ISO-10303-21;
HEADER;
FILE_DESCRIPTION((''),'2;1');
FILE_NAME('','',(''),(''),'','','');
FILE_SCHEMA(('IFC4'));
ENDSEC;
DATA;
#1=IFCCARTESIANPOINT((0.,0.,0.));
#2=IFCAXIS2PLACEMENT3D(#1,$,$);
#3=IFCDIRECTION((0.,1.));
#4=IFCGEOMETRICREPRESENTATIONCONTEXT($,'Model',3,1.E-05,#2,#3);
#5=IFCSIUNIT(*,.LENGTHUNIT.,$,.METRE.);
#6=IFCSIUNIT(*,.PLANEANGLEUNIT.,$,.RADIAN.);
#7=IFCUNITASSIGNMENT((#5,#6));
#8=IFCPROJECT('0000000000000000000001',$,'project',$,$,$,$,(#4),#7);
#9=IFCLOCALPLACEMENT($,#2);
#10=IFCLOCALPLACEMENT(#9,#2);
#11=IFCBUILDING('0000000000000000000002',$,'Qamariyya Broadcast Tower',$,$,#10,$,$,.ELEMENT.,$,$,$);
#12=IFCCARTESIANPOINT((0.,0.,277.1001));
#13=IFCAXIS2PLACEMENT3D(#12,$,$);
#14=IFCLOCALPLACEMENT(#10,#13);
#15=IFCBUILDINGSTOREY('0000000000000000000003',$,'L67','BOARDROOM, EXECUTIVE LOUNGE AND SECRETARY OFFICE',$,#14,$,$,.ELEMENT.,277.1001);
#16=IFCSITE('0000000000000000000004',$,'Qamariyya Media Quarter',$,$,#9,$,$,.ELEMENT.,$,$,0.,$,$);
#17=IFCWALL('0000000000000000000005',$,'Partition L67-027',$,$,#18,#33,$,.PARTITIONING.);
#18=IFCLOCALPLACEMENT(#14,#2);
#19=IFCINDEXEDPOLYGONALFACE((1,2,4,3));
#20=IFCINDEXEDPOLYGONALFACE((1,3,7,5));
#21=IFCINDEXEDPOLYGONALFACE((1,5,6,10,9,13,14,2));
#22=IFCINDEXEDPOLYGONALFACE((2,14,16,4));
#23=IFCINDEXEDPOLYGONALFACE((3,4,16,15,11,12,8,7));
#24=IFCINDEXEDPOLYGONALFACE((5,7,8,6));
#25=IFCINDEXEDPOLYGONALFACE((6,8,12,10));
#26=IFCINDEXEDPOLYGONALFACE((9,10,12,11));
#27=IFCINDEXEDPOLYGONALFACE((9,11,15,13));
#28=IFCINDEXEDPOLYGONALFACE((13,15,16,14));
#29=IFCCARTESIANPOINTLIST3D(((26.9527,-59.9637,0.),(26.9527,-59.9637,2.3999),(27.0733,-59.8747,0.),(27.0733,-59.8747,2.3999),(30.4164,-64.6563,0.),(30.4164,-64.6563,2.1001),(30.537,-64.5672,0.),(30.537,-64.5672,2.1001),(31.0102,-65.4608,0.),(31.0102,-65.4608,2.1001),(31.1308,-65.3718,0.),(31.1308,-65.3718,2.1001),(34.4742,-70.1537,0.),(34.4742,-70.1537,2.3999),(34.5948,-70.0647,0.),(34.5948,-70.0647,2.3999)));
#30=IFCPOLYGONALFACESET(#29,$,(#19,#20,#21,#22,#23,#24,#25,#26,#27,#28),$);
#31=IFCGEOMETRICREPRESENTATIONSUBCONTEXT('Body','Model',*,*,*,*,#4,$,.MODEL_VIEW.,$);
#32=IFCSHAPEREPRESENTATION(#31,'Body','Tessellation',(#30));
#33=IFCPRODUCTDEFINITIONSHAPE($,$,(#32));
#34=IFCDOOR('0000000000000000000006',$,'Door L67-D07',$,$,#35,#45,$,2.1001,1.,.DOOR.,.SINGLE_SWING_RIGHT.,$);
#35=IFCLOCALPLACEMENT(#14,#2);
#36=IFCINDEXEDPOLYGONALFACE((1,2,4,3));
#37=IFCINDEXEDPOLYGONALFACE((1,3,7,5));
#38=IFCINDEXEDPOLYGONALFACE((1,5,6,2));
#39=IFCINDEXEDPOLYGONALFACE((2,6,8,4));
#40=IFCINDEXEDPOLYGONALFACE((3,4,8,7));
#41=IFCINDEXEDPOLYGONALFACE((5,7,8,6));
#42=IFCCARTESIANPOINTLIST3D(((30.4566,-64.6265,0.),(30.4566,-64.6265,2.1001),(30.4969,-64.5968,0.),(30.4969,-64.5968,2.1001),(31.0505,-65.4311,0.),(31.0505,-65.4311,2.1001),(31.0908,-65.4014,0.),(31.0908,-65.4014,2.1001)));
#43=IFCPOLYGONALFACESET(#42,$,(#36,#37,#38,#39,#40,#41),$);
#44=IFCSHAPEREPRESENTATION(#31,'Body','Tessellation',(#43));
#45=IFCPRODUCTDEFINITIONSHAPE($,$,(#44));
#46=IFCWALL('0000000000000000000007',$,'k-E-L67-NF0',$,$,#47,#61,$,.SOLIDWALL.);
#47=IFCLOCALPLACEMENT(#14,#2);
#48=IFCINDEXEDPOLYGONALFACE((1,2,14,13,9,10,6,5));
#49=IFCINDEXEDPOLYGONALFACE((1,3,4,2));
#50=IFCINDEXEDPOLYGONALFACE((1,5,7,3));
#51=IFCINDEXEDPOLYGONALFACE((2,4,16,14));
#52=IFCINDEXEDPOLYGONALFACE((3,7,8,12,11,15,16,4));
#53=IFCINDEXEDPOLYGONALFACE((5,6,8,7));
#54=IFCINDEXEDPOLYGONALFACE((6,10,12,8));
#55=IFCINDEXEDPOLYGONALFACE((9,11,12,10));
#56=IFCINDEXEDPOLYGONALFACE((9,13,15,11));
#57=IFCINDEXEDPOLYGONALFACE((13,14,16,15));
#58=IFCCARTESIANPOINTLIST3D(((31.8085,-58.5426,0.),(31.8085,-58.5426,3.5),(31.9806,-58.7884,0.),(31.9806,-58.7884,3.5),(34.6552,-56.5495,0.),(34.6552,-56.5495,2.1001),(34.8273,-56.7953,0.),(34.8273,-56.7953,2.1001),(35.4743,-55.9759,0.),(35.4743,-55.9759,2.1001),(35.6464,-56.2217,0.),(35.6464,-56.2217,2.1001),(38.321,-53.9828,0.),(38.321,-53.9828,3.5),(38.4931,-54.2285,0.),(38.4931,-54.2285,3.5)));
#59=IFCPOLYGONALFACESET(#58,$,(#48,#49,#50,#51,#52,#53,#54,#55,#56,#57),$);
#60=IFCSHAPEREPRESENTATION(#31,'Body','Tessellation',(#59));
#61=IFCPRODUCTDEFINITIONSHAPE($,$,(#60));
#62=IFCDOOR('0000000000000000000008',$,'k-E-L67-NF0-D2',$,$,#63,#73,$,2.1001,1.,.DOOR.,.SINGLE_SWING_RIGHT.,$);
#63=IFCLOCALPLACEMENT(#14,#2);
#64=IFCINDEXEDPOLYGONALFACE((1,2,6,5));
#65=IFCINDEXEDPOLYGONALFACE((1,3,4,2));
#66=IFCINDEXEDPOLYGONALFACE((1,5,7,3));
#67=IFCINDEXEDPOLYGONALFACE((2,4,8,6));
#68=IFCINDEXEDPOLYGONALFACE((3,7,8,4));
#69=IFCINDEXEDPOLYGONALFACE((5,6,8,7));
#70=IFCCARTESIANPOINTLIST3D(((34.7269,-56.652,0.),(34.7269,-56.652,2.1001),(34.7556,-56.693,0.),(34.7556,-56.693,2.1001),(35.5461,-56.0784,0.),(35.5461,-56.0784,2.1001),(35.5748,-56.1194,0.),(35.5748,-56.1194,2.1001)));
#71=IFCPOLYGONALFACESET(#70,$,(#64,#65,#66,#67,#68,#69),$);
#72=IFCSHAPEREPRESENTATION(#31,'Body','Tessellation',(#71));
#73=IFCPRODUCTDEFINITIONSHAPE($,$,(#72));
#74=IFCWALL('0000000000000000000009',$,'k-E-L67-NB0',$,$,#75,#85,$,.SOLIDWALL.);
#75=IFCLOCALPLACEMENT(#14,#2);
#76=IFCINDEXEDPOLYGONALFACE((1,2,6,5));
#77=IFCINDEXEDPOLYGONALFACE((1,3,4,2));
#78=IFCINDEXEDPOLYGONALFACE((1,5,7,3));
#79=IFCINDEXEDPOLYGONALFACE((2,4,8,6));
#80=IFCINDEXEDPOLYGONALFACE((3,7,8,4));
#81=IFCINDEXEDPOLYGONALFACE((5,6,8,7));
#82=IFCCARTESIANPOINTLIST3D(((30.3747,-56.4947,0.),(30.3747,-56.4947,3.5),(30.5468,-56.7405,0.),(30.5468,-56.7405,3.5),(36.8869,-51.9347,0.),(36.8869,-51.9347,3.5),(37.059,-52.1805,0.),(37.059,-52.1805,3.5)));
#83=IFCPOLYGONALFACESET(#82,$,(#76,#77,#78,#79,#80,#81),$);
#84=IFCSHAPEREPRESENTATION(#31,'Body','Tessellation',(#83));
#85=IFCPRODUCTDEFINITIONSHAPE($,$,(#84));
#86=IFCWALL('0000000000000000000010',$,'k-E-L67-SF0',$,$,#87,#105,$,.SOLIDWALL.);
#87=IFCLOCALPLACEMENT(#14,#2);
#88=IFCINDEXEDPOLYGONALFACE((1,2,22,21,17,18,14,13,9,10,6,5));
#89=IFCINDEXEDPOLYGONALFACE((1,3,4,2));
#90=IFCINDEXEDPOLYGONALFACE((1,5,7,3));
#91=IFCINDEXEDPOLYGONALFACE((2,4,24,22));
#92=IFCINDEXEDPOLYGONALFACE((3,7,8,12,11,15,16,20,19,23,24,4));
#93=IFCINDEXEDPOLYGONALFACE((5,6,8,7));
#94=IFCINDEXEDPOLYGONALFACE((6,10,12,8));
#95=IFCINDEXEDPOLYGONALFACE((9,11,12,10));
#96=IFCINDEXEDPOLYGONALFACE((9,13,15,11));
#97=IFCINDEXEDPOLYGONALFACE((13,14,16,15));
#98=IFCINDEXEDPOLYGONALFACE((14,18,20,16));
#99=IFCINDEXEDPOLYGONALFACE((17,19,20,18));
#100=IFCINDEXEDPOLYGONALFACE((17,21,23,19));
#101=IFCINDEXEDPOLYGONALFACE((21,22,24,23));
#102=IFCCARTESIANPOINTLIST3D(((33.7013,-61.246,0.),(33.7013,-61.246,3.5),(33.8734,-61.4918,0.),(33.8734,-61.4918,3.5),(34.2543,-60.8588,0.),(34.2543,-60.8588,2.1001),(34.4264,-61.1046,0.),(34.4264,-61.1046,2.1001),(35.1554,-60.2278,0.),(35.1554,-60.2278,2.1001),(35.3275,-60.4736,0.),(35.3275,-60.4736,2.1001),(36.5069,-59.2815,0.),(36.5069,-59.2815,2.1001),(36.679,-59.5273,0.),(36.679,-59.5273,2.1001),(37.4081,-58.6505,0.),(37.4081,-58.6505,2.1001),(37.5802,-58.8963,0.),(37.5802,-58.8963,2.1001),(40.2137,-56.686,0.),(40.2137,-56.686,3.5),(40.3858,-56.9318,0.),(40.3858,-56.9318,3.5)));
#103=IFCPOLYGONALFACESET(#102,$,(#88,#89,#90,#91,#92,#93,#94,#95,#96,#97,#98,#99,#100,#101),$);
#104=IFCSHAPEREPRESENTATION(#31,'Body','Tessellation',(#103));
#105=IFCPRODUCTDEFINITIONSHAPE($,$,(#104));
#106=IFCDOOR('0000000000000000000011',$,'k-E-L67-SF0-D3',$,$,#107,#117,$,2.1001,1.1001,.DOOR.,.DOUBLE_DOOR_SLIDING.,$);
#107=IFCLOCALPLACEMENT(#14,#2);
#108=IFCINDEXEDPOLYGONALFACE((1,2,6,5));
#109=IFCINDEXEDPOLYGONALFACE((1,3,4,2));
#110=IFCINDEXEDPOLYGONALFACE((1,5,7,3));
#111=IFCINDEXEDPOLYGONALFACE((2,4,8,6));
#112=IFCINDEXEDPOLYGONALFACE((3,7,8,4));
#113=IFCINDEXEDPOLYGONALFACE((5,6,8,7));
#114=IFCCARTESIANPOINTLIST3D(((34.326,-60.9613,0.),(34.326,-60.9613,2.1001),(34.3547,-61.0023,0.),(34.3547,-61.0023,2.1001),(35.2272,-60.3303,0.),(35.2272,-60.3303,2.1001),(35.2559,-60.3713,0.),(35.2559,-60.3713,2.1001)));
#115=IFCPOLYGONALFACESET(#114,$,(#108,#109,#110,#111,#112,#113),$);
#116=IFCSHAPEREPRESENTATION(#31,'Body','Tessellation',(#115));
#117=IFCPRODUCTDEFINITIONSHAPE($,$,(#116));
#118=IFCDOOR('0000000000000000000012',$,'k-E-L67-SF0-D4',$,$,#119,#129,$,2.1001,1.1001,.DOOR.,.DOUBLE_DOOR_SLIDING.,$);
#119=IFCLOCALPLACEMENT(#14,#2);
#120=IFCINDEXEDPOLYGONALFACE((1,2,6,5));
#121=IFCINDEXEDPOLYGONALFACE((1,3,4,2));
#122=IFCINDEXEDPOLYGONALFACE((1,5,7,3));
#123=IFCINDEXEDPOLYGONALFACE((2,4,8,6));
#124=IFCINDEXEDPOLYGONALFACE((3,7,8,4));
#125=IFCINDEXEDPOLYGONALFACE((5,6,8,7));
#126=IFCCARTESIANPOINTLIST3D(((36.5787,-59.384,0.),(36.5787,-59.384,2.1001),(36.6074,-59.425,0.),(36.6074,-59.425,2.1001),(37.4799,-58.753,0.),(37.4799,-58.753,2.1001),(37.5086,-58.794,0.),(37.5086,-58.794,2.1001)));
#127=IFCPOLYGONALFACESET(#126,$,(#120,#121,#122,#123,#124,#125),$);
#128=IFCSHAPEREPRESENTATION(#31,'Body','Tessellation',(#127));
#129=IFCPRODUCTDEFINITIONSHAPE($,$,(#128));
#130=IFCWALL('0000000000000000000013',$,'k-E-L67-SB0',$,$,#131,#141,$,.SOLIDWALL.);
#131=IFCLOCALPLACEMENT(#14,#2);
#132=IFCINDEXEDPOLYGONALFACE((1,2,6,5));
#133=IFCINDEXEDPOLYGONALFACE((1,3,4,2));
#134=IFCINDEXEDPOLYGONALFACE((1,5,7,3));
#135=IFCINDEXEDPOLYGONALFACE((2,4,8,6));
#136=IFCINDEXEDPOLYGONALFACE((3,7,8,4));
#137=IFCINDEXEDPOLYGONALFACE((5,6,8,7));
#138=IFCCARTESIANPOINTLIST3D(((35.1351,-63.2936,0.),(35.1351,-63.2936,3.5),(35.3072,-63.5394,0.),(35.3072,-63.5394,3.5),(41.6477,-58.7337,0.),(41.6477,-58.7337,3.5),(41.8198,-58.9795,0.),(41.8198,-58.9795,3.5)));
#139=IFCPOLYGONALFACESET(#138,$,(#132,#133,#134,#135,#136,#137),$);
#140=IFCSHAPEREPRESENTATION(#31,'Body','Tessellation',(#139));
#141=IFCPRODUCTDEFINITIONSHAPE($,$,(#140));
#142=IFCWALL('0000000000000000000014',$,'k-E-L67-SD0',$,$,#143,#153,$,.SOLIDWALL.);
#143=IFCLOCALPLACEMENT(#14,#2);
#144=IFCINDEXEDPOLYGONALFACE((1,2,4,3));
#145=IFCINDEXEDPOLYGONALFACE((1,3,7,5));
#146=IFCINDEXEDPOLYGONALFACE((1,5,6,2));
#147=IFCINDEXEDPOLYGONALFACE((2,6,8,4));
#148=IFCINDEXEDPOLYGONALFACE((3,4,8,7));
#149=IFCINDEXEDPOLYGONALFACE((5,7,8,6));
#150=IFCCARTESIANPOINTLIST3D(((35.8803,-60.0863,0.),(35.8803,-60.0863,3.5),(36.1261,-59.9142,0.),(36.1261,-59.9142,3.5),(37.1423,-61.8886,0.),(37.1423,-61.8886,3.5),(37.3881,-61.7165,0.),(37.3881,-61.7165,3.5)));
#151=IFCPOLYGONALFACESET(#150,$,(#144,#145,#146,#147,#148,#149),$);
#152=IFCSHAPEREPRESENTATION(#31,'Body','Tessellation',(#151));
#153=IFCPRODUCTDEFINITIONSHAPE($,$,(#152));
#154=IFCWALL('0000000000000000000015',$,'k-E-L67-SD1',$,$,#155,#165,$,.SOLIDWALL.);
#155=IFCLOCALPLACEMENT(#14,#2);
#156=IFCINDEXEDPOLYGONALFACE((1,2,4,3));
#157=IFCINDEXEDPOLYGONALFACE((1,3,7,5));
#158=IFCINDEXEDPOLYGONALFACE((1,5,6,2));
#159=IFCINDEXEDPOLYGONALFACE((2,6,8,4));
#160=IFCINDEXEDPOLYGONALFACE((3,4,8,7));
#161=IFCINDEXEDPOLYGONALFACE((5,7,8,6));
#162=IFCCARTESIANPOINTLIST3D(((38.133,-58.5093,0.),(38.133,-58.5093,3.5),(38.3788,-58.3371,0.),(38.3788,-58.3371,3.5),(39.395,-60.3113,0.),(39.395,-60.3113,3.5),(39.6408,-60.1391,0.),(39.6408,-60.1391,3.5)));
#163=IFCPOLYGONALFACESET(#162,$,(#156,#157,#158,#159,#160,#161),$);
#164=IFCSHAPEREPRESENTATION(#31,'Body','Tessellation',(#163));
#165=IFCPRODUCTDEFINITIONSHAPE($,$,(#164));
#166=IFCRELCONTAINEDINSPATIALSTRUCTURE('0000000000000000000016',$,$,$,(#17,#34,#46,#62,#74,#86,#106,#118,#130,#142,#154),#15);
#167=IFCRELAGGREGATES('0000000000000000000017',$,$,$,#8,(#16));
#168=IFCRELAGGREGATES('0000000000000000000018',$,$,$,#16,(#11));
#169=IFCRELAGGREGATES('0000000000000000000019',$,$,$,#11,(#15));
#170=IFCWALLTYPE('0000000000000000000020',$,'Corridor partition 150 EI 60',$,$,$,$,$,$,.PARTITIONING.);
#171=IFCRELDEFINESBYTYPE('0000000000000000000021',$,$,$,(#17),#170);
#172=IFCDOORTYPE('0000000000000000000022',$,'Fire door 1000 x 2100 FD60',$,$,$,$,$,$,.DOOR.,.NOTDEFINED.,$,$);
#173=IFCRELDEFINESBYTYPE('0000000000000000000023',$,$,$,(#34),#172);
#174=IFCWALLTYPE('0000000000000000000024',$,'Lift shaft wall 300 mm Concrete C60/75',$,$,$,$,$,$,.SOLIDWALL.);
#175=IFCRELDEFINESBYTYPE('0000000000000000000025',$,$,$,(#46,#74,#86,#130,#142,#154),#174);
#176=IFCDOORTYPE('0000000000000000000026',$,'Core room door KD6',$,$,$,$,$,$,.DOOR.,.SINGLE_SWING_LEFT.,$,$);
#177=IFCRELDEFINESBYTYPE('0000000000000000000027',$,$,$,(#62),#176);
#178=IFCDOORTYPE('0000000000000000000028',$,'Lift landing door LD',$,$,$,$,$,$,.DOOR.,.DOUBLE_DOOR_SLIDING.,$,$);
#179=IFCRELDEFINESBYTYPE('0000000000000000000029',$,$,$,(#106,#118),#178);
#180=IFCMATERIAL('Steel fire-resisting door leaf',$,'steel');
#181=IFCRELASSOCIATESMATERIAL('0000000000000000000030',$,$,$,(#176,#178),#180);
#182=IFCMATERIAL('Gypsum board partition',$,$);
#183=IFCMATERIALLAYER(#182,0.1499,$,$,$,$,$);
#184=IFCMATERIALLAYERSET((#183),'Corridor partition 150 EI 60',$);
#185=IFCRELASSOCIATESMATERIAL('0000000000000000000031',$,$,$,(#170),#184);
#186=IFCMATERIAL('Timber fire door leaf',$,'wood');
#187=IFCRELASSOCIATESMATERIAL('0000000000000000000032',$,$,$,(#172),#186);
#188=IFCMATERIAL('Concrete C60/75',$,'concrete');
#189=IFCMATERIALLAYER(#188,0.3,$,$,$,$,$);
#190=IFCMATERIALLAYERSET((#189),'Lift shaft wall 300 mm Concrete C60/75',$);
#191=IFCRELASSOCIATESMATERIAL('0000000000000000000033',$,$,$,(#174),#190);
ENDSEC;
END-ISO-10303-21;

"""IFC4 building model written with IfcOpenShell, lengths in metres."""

from ifc_helpers import new_model, si_unit, direction, frame, frame_2d, origin, place, context, subcontext, project, spatial, rectangle, extrude, material, layer, layer_set, type_object, element, fill, save


model = new_model("IFC4")

# Units and contexts
model_context = context("Model", 3, precision=1e-05, world=origin(), true_north=direction((0.0, 1.0)))
body_context = subcontext(model_context, "Body", "Model", "MODEL_VIEW")
ifc_project = project(units=[si_unit("LENGTHUNIT", "METRE"), si_unit("PLANEANGLEUNIT", "RADIAN")], contexts=[model_context])

# Site, building, storey
site_placement = place(None, origin())
site = spatial("IfcSite", under=ifc_project, at=site_placement, Name="Qamariyya Media Quarter", CompositionType="ELEMENT", RefElevation=0.0)
building_placement = place(site_placement, origin())
building = spatial("IfcBuilding", under=site, at=building_placement, Name="Qamariyya Broadcast Tower", CompositionType="ELEMENT")
storey_placement = place(building_placement, frame((0.0, 0.0, 277.1001)))
storey = spatial("IfcBuildingStorey", under=building, at=storey_placement, Name="L67", Description="BOARDROOM, EXECUTIVE LOUNGE AND SECRETARY OFFICE", CompositionType="ELEMENT", Elevation=277.1001)

# Shared definitions
ifc_material_1 = material(Name="Concrete C60/75", Category="concrete")
ifc_material_2 = material(Name="Steel fire-resisting door leaf", Category="steel")

# Shared definitions
door_type_1 = type_object("IfcDoorType", Name="Core room door KD6", OperationType="SINGLE_SWING_LEFT", PredefinedType="DOOR", material=ifc_material_2)

# Walls, openings, doors
ifc_material_3 = material(Name="Gypsum board partition")
ifc_layer_1 = layer(ifc_material_3, 0.1499)
ifc_layer_set_1 = layer_set([ifc_layer_1], Name="Corridor partition 150 EI 60")
wall_type_1 = type_object("IfcWallType", Name="Corridor partition 150 EI 60", PredefinedType="PARTITIONING", material=ifc_layer_set_1)
wall_1_placement = place(storey_placement, frame((34.5344, -70.1091, 0.0), z_axis=(0.0, 0.0, 1.0), x_axis=(-0.59387, 0.804561, 0.0)))
wall_1 = element("IfcWall", 1, at=wall_1_placement, inside=storey, type_object=wall_type_1, Name="Partition L67-027", PredefinedType="PARTITIONING", context=body_context, shape_type="SweptSolid", body=[
    extrude(rectangle(XDim=12.6653, YDim=0.1499, at=frame_2d((6.3325, 0.0))), origin(), (0.0, 0.0, 1.0), 2.3999),
])
opening_1_placement = place(wall_1_placement, frame((5.8328, 0.0, 0.0)))
opening_1 = element("IfcOpeningElement", 2, at=opening_1_placement, cuts=wall_1, PredefinedType="OPENING", context=body_context, shape_type="SweptSolid", body=[
    extrude(rectangle(XDim=1.0, YDim=2.1001, at=frame_2d((0.5, 1.05))), frame((0.0, 0.085, 0.0), z_axis=(0.0, -1.0, 0.0), x_axis=(1.0, 0.0, 0.0)), (0.0, 0.0, 1.0), 0.1699),
])
ifc_material_4 = material(Name="Timber fire door leaf", Category="wood")
door_type_2 = type_object("IfcDoorType", Name="Fire door 1000 x 2100 FD60", OperationType="NOTDEFINED", PredefinedType="DOOR", material=ifc_material_4)
door_1_placement = place(opening_1_placement, origin())
door_1 = element("IfcDoor", 3, at=door_1_placement, inside=storey, type_object=door_type_2, Name="Door L67-D07", OperationType="SINGLE_SWING_RIGHT", OverallHeight=2.1001, OverallWidth=1.0, PredefinedType="DOOR", context=body_context, shape_type="SweptSolid", body=[
    extrude(rectangle(XDim=1.0, YDim=2.1001, at=frame_2d((0.5, 1.05))), frame((0.0, 0.0249, 0.0), z_axis=(0.0, -1.0, 0.0), x_axis=(1.0, 0.0, 0.0)), (0.0, 0.0, 1.0), 0.05),
])
fill(opening_1, door_1)
ifc_layer_2 = layer(ifc_material_1, 0.3)
ifc_layer_set_2 = layer_set([ifc_layer_2], Name="Lift shaft wall 300 mm Concrete C60/75")
wall_type_2 = type_object("IfcWallType", Name="Lift shaft wall 300 mm Concrete C60/75", PredefinedType="SOLIDWALL", material=ifc_layer_set_2)
wall_2_placement = place(storey_placement, frame((31.8945, -58.6655, 0.0), z_axis=(0.0, 0.0, 1.0), x_axis=(0.819167, 0.573555, 0.0)))
wall_2 = element("IfcWall", 4, at=wall_2_placement, inside=storey, type_object=wall_type_2, Name="k-E-L67-NF0", PredefinedType="SOLIDWALL", context=body_context, shape_type="SweptSolid", body=[
    extrude(rectangle(XDim=7.9502, YDim=0.3, at=frame_2d((3.9751, 0.0))), origin(), (0.0, 0.0, 1.0), 3.5),
])
opening_2_placement = place(wall_2_placement, frame((3.4751, 0.0, 0.0)))
opening_2 = element("IfcOpeningElement", 5, at=opening_2_placement, cuts=wall_2, PredefinedType="OPENING", context=body_context, shape_type="SweptSolid", body=[
    extrude(rectangle(XDim=1.0, YDim=2.1001, at=frame_2d((0.5, 1.05))), frame((0.0, 0.1599, 0.0), z_axis=(0.0, -1.0, 0.0), x_axis=(1.0, 0.0, 0.0)), (0.0, 0.0, 1.0), 0.3201),
])
door_2_placement = place(opening_2_placement, origin())
door_2 = element("IfcDoor", 6, at=door_2_placement, inside=storey, type_object=door_type_1, Name="k-E-L67-NF0-D2", OperationType="SINGLE_SWING_RIGHT", OverallHeight=2.1001, OverallWidth=1.0, PredefinedType="DOOR", context=body_context, shape_type="SweptSolid", body=[
    extrude(rectangle(XDim=1.0, YDim=2.1001, at=frame_2d((0.5, 1.05))), frame((0.0, 0.0249, 0.0), z_axis=(0.0, -1.0, 0.0), x_axis=(1.0, 0.0, 0.0)), (0.0, 0.0, 1.0), 0.05),
])
fill(opening_2, door_2)

# Wall
wall_3_placement = place(storey_placement, frame((30.4607, -56.6177, 0.0), z_axis=(0.0, 0.0, 1.0), x_axis=(0.819142, 0.57359, 0.0)))
element("IfcWall", 7, at=wall_3_placement, inside=storey, type_object=wall_type_2, Name="k-E-L67-NB0", PredefinedType="SOLIDWALL", context=body_context, shape_type="SweptSolid", body=[
    extrude(rectangle(XDim=7.95, YDim=0.3, at=frame_2d((3.9751, 0.0))), origin(), (0.0, 0.0, 1.0), 3.5),
])

# Wall, openings, doors
wall_4_placement = place(storey_placement, frame((33.7874, -61.3689, 0.0), z_axis=(0.0, 0.0, 1.0), x_axis=(0.819153, 0.573576, 0.0)))
wall_4 = element("IfcWall", 8, at=wall_4_placement, inside=storey, type_object=wall_type_2, Name="k-E-L67-SF0", PredefinedType="SOLIDWALL", context=body_context, shape_type="SweptSolid", body=[
    extrude(rectangle(XDim=7.9502, YDim=0.3, at=frame_2d((3.9751, 0.0))), origin(), (0.0, 0.0, 1.0), 3.5),
])
opening_3_placement = place(wall_4_placement, frame((0.675, 0.0, 0.0)))
opening_3 = element("IfcOpeningElement", 9, at=opening_3_placement, cuts=wall_4, PredefinedType="OPENING", context=body_context, shape_type="SweptSolid", body=[
    extrude(rectangle(XDim=1.1001, YDim=2.1001, at=frame_2d((0.55, 1.05))), frame((0.0, 0.1599, 0.0), z_axis=(0.0, -1.0, 0.0), x_axis=(1.0, 0.0, 0.0)), (0.0, 0.0, 1.0), 0.3201),
])
opening_4_placement = place(wall_4_placement, frame((3.425, 0.0, 0.0)))
opening_4 = element("IfcOpeningElement", 10, at=opening_4_placement, cuts=wall_4, PredefinedType="OPENING", context=body_context, shape_type="SweptSolid", body=[
    extrude(rectangle(XDim=1.1001, YDim=2.1001, at=frame_2d((0.55, 1.05))), frame((0.0, 0.1599, 0.0), z_axis=(0.0, -1.0, 0.0), x_axis=(1.0, 0.0, 0.0)), (0.0, 0.0, 1.0), 0.3201),
])
door_type_3 = type_object("IfcDoorType", Name="Lift landing door LD", OperationType="DOUBLE_DOOR_SLIDING", PredefinedType="DOOR", material=ifc_material_2)
door_3_placement = place(opening_3_placement, origin())
door_3 = element("IfcDoor", 11, at=door_3_placement, inside=storey, type_object=door_type_3, Name="k-E-L67-SF0-D3", OperationType="DOUBLE_DOOR_SLIDING", OverallHeight=2.1001, OverallWidth=1.1001, PredefinedType="DOOR", context=body_context, shape_type="SweptSolid", body=[
    extrude(rectangle(XDim=1.1001, YDim=2.1001, at=frame_2d((0.55, 1.05))), frame((0.0, 0.0249, 0.0), z_axis=(0.0, -1.0, 0.0), x_axis=(1.0, 0.0, 0.0)), (0.0, 0.0, 1.0), 0.05),
])
fill(opening_3, door_3)
door_4_placement = place(opening_4_placement, origin())
door_4 = element("IfcDoor", 12, at=door_4_placement, inside=storey, type_object=door_type_3, Name="k-E-L67-SF0-D4", OperationType="DOUBLE_DOOR_SLIDING", OverallHeight=2.1001, OverallWidth=1.1001, PredefinedType="DOOR", context=body_context, shape_type="SweptSolid", body=[
    extrude(rectangle(XDim=1.1001, YDim=2.1001, at=frame_2d((0.55, 1.05))), frame((0.0, 0.0249, 0.0), z_axis=(0.0, -1.0, 0.0), x_axis=(1.0, 0.0, 0.0)), (0.0, 0.0, 1.0), 0.05),
])
fill(opening_4, door_4)

# Walls
wall_5_placement = place(storey_placement, frame((35.2212, -63.4165, 0.0), z_axis=(0.0, 0.0, 1.0), x_axis=(0.819167, 0.573555, 0.0)))
element("IfcWall", 13, at=wall_5_placement, inside=storey, type_object=wall_type_2, Name="k-E-L67-SB0", PredefinedType="SOLIDWALL", context=body_context, shape_type="SweptSolid", body=[
    extrude(rectangle(XDim=7.9502, YDim=0.3, at=frame_2d((3.9751, 0.0))), origin(), (0.0, 0.0, 1.0), 3.5),
])
wall_6_placement = place(storey_placement, frame((36.0032, -60.0002, 0.0), z_axis=(0.0, 0.0, 1.0), x_axis=(0.573581, -0.819149, 0.0)))
element("IfcWall", 14, at=wall_6_placement, inside=storey, type_object=wall_type_2, Name="k-E-L67-SD0", PredefinedType="SOLIDWALL", context=body_context, shape_type="SweptSolid", body=[
    extrude(rectangle(XDim=2.2002, YDim=0.3, at=frame_2d((1.1001, 0.0))), origin(), (0.0, 0.0, 1.0), 3.5),
])
wall_7_placement = place(storey_placement, frame((38.2559, -58.4231, 0.0), z_axis=(0.0, 0.0, 1.0), x_axis=(0.573634, -0.819112, 0.0)))
element("IfcWall", 15, at=wall_7_placement, inside=storey, type_object=wall_type_2, Name="k-E-L67-SD1", PredefinedType="SOLIDWALL", context=body_context, shape_type="SweptSolid", body=[
    extrude(rectangle(XDim=2.2, YDim=0.3, at=frame_2d((1.1001, 0.0))), origin(), (0.0, 0.0, 1.0), 3.5),
])

save(model, "model.ifc")
